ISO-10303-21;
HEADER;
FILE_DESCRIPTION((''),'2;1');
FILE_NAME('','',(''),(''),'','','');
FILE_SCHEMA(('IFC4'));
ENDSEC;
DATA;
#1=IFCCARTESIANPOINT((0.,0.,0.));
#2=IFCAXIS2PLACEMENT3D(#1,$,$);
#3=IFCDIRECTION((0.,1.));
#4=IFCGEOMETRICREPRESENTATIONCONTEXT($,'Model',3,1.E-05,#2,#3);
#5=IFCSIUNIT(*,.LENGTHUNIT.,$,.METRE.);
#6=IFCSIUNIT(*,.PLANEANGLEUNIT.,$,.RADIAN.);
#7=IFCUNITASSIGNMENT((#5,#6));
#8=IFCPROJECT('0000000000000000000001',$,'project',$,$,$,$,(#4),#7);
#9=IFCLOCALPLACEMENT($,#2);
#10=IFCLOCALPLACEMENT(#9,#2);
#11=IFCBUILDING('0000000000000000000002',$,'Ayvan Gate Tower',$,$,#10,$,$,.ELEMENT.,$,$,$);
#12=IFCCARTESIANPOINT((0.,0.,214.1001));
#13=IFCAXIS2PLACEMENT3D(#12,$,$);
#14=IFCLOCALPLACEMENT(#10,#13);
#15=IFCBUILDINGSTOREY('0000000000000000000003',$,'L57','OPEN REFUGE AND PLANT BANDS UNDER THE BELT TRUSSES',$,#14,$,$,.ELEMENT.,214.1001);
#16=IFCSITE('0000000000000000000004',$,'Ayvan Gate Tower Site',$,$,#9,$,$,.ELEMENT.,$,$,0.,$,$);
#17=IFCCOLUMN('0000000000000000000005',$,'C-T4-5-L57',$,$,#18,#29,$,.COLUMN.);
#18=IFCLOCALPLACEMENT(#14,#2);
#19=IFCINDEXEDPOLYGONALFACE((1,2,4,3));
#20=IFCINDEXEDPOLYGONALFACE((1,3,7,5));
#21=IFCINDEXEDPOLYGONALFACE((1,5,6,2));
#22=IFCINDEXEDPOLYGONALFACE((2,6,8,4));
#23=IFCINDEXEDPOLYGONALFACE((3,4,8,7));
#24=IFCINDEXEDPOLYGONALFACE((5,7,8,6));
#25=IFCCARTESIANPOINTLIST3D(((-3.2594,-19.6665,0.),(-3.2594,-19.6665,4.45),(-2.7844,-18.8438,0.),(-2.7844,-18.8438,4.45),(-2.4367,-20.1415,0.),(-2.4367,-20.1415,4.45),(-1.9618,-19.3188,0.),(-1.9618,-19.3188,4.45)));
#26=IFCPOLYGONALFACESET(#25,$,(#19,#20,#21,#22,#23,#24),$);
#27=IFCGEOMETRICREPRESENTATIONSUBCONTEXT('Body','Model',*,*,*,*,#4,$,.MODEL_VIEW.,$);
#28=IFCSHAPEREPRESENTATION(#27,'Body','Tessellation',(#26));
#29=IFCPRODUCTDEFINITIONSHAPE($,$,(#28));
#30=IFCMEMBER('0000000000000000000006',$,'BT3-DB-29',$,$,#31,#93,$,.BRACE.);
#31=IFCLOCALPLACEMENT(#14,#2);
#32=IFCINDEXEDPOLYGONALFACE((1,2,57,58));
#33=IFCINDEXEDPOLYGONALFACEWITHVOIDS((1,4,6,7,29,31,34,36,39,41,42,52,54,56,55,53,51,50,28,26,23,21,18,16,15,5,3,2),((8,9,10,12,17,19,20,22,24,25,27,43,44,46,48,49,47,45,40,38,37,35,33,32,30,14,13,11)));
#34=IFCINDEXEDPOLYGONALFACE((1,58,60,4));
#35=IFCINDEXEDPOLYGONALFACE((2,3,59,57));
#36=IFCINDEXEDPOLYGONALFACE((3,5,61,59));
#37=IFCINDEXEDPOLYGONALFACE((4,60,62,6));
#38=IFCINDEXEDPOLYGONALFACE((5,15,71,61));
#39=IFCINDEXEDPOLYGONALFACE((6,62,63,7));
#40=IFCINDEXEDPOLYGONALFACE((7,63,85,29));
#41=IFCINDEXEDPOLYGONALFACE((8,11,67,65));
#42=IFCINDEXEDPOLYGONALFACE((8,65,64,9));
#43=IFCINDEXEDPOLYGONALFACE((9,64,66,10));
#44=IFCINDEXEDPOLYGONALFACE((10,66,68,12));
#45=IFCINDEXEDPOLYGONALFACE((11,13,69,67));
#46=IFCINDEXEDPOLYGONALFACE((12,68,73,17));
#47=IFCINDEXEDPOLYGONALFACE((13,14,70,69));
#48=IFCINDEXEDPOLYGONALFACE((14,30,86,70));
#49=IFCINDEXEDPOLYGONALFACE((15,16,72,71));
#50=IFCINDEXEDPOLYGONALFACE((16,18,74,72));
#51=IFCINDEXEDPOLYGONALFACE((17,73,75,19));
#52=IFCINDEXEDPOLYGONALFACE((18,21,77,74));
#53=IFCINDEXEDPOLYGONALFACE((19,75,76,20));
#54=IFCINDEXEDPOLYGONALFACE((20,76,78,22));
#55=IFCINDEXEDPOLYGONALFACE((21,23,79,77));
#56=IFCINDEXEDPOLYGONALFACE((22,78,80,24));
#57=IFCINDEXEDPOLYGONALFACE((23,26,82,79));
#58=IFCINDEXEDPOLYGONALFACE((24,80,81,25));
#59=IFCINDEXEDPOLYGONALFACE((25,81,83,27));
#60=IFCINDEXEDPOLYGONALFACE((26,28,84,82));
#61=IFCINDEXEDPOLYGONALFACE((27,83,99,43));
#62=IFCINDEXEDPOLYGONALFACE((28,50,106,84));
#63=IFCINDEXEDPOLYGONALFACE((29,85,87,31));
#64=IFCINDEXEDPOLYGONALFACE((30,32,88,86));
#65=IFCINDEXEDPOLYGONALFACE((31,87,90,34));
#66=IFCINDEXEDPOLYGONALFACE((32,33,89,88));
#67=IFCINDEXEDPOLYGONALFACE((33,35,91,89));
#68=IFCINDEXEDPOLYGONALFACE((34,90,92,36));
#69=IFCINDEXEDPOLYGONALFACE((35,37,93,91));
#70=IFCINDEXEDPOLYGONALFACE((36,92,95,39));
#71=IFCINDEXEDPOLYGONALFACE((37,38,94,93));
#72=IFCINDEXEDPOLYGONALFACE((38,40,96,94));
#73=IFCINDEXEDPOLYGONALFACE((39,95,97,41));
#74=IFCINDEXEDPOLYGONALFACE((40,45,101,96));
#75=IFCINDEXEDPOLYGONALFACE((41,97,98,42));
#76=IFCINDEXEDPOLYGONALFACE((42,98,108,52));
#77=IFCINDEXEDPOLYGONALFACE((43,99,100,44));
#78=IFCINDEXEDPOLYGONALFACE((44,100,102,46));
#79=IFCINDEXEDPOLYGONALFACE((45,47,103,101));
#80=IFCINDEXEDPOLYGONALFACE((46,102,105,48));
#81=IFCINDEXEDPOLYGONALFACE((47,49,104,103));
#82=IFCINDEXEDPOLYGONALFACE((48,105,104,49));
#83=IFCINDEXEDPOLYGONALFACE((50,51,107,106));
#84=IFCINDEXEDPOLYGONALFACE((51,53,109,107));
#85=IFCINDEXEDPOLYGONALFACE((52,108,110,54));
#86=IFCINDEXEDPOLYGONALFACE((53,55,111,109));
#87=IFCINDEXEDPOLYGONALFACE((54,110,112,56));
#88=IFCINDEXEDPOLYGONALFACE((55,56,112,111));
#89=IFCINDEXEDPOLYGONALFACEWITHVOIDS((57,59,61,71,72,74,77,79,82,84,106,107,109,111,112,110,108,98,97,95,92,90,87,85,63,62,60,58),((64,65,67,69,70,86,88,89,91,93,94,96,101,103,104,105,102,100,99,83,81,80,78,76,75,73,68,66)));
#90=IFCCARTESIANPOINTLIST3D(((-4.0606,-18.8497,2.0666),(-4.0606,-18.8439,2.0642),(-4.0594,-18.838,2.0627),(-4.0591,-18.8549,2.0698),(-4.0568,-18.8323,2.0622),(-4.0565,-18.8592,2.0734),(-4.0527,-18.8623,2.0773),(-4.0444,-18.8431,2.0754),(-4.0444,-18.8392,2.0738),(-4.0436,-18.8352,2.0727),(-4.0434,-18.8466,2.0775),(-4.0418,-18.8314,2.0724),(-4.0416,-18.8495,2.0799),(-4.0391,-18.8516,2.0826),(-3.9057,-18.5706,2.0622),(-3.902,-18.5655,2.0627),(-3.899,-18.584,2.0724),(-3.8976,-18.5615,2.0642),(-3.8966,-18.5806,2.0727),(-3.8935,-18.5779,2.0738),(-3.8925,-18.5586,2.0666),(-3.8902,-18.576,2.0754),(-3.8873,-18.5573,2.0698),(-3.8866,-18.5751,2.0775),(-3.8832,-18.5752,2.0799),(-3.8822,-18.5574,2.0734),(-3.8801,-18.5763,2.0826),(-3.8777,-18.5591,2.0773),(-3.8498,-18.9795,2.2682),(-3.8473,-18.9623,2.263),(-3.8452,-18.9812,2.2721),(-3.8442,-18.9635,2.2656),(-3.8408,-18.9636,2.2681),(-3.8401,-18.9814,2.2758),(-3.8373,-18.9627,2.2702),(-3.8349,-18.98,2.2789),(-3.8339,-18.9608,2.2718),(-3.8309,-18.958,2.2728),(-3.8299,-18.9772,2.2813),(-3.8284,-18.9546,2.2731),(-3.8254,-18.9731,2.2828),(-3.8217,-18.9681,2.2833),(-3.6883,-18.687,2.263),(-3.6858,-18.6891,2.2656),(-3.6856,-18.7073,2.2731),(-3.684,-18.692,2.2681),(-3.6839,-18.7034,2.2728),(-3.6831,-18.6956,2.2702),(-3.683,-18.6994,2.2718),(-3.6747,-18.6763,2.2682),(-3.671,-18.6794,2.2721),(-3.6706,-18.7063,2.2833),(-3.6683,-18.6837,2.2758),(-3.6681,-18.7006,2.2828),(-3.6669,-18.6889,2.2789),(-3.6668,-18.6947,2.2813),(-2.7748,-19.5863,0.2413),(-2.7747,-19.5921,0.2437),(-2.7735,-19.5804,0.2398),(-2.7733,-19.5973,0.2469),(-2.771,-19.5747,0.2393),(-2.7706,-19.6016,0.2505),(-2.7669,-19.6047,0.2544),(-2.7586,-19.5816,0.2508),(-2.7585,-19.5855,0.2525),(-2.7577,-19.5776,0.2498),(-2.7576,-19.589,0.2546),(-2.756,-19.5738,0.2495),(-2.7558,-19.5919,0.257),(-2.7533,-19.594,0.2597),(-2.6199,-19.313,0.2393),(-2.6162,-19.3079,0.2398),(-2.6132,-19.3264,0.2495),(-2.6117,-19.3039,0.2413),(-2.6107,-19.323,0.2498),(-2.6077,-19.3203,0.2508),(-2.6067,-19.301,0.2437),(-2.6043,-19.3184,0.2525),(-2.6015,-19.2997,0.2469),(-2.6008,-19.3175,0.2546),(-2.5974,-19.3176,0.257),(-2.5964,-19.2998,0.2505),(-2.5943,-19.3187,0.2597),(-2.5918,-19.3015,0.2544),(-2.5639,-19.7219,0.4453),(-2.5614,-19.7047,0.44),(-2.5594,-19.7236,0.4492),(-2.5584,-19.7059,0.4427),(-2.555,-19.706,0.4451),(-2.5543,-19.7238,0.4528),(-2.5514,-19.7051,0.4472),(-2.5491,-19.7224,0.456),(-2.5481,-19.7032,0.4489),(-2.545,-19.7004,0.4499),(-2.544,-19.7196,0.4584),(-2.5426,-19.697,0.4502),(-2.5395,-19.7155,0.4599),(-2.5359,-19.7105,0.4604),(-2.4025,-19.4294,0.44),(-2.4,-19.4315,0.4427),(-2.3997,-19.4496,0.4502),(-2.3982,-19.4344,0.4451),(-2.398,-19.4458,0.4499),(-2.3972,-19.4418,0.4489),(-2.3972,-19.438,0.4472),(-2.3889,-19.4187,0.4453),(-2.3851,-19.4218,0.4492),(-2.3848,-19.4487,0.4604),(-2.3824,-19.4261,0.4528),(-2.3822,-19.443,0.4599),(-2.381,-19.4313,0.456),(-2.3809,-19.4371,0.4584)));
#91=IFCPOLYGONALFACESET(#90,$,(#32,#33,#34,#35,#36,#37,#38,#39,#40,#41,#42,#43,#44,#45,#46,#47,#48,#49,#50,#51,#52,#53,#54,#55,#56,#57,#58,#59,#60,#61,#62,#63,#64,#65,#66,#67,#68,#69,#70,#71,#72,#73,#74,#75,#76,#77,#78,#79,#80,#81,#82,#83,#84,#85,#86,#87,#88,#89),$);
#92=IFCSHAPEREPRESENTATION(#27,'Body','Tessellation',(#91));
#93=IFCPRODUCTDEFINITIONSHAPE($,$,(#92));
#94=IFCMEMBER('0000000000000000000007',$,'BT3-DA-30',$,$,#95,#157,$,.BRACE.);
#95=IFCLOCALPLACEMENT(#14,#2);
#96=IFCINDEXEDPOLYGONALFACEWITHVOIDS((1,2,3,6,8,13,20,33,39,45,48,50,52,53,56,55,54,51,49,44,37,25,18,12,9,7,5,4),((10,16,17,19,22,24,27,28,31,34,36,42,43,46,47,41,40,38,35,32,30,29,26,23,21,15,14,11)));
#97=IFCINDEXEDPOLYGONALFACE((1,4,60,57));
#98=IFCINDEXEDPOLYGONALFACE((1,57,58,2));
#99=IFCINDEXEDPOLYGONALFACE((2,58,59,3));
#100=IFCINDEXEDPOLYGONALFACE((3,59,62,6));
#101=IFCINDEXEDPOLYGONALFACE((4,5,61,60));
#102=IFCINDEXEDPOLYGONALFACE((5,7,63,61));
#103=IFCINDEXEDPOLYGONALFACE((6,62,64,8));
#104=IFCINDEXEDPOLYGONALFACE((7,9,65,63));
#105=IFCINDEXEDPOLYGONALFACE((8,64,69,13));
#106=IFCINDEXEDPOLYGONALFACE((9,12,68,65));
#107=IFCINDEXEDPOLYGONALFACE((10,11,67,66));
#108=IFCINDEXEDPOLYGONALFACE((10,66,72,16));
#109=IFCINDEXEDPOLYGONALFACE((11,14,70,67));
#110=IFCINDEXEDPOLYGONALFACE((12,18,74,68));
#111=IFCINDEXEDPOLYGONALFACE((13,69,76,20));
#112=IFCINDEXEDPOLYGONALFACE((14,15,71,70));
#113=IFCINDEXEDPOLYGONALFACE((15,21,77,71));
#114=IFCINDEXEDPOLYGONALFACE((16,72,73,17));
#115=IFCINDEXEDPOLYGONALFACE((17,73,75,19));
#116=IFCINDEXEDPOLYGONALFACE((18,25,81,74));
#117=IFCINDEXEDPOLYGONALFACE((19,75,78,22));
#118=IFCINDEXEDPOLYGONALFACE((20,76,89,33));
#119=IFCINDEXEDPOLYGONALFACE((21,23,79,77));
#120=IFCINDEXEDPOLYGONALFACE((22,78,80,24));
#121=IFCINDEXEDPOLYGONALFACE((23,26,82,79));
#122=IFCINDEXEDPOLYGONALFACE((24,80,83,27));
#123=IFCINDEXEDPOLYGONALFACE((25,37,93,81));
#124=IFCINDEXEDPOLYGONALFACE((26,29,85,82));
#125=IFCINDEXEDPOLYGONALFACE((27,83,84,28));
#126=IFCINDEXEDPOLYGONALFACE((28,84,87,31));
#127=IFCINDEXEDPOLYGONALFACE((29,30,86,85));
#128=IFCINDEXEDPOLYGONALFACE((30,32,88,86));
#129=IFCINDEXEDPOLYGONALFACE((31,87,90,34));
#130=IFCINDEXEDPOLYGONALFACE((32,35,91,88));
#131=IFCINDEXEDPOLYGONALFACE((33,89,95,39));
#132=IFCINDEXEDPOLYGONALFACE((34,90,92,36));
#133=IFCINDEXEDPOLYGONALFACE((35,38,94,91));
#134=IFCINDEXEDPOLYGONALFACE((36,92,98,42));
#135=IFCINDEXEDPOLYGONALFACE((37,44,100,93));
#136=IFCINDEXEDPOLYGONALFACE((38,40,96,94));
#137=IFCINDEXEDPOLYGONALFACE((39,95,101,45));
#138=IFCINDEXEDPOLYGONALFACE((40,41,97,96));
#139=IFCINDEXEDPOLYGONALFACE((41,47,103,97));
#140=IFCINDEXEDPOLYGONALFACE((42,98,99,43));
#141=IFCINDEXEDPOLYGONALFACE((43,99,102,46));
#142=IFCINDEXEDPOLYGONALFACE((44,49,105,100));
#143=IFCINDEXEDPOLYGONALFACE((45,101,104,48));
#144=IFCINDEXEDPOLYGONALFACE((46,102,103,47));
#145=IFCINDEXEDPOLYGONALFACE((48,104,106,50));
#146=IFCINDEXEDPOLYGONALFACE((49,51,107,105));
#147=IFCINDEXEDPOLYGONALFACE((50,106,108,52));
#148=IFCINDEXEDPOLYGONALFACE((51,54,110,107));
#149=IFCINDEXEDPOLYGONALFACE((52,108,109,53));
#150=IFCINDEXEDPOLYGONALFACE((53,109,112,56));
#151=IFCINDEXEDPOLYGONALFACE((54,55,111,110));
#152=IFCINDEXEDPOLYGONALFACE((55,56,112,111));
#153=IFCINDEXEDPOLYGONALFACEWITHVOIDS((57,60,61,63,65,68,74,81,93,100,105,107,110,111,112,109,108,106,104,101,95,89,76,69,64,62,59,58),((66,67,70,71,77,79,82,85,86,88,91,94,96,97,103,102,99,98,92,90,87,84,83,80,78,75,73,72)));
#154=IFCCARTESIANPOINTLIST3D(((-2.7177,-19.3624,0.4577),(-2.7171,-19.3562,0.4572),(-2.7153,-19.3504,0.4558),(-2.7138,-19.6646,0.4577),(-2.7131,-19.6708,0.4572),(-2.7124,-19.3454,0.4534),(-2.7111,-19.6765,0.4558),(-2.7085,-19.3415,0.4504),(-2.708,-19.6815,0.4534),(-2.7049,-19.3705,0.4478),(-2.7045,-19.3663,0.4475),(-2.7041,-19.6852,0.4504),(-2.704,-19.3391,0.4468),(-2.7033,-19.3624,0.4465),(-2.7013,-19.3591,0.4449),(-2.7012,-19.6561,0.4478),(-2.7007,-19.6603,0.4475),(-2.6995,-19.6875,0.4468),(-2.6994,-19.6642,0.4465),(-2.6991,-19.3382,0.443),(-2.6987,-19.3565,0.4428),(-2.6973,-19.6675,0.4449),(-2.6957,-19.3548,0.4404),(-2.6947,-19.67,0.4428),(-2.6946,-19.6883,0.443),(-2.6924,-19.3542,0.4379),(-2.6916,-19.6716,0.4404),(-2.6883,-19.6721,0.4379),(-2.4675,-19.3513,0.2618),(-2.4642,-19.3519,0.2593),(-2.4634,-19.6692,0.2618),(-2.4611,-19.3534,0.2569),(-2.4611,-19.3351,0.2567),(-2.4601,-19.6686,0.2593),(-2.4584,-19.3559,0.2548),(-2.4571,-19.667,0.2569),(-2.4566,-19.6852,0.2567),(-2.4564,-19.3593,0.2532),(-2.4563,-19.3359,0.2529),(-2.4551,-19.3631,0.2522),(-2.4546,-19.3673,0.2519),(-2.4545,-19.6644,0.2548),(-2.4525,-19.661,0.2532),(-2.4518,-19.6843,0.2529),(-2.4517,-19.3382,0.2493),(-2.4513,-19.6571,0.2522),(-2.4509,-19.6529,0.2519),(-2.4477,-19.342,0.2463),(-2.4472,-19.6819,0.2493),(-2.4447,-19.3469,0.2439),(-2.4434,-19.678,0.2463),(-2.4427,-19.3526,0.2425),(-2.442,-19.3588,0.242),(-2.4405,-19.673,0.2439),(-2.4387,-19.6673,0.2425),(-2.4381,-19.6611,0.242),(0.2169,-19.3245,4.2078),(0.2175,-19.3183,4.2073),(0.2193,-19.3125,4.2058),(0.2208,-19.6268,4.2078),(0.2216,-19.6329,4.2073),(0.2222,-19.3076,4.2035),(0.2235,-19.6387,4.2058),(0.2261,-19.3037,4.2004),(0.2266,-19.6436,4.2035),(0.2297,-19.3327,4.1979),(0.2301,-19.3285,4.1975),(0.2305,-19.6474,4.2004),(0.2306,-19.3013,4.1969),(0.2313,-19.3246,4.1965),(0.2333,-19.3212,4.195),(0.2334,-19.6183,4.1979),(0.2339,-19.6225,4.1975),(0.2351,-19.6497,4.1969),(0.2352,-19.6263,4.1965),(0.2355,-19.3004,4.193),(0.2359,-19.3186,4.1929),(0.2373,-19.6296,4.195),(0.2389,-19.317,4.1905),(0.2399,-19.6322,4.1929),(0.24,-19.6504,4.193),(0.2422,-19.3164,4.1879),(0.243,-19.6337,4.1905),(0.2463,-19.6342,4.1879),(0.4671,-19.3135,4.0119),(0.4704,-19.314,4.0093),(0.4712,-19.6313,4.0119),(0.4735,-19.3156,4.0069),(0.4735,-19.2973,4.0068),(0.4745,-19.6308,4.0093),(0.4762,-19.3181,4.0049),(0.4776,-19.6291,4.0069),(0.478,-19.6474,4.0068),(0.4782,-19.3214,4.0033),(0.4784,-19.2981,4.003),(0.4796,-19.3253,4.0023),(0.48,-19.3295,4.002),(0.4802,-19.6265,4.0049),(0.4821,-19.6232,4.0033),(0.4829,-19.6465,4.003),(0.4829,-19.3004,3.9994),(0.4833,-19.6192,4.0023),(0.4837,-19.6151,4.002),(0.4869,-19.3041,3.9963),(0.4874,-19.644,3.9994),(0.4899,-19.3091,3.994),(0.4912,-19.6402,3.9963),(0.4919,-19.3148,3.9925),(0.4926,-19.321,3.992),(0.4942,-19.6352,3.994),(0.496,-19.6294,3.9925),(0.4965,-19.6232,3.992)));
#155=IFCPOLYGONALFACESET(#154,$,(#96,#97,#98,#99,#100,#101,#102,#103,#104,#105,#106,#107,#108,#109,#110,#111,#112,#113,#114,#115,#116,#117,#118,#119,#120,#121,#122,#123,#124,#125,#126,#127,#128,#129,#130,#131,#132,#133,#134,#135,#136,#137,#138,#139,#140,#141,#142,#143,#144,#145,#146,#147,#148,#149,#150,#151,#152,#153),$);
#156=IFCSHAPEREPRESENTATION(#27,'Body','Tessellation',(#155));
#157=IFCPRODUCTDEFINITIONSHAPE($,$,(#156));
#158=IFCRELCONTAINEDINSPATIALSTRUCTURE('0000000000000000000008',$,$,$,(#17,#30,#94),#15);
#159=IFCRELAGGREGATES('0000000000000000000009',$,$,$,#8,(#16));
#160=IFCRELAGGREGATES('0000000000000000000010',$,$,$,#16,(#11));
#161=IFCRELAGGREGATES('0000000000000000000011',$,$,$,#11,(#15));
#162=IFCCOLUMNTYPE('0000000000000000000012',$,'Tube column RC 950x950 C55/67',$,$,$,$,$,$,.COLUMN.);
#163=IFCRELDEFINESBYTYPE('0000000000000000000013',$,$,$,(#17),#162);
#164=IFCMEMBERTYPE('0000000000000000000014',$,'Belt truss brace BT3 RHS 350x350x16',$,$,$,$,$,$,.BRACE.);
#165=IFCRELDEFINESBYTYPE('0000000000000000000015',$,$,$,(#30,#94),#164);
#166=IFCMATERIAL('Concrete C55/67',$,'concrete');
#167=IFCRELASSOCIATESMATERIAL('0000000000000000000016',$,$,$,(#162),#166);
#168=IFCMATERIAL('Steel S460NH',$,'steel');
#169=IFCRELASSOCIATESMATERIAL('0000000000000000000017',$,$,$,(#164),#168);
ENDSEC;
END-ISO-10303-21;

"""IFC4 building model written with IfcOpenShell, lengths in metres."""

from ifc_helpers import new_model, si_unit, direction, frame, origin, origin_2d, place, context, subcontext, project, spatial, rectangle, hollow_rectangle, extrude, material, material_profile, profile_set, type_object, element, save


model = new_model("IFC4")

# Units and contexts
model_context = context("Model", 3, precision=1e-05, world=origin(), true_north=direction((0.0, 1.0)))
body_context = subcontext(model_context, "Body", "Model", "MODEL_VIEW")
ifc_project = project(units=[si_unit("LENGTHUNIT", "METRE"), si_unit("PLANEANGLEUNIT", "RADIAN")], contexts=[model_context])

# Site, building, storey
site_placement = place(None, origin())
site = spatial("IfcSite", under=ifc_project, at=site_placement, Name="Ayvan Gate Tower Site", CompositionType="ELEMENT", RefElevation=0.0)
building_placement = place(site_placement, origin())
building = spatial("IfcBuilding", under=site, at=building_placement, Name="Ayvan Gate Tower", CompositionType="ELEMENT")
storey_placement = place(building_placement, frame((0.0, 0.0, 214.1001)))
storey = spatial("IfcBuildingStorey", under=building, at=storey_placement, Name="L57", Description="OPEN REFUGE AND PLANT BANDS UNDER THE BELT TRUSSES", CompositionType="ELEMENT", Elevation=214.1001)

# Column
ifc_material_1 = material(Name="Concrete C55/67", Category="concrete")
ifc_material_profile_1 = material_profile(ifc_material_1, rectangle(XDim=0.95, YDim=0.95, at=origin_2d()), Name="RC 950x950")
ifc_profile_set_1 = profile_set([ifc_material_profile_1], Name="Concrete C55/67")
column_type = type_object("IfcColumnType", Name="Tube column RC 950x950 C55/67", PredefinedType="COLUMN", material=ifc_profile_set_1)
column_placement = place(storey_placement, frame((-2.6106, -19.4927, 0.0), z_axis=(0.0, 0.0, 1.0), x_axis=(-0.5, -0.866025, 0.0)))
element("IfcColumn", 1, at=column_placement, inside=storey, type_object=column_type, Name="C-T4-5-L57", PredefinedType="COLUMN", context=body_context, shape_type="SweptSolid", body=[
    extrude(rectangle(XDim=0.95, YDim=0.95, at=origin_2d()), origin(), (0.0, 0.0, 1.0), 4.45),
])

# Members
ifc_material_2 = material(Name="Steel S460NH", Category="steel")
ifc_material_profile_2 = material_profile(ifc_material_2, hollow_rectangle(XDim=0.3501, YDim=0.3501, WallThickness=0.0161, InnerFilletRadius=0.0161, OuterFilletRadius=0.0239, at=origin_2d()), Name="RHS 350x350x16")
ifc_profile_set_2 = profile_set([ifc_material_profile_2], Name="Steel S460NH")
member_type_1 = type_object("IfcMemberType", Name="Belt truss brace BT3 RHS 350x350x16", PredefinedType="BRACE", material=ifc_profile_set_2)
member_1_placement = place(storey_placement, frame((-2.5779, -19.5117, 0.3499), z_axis=(-0.546913, 0.31577, 0.775355), x_axis=(-0.500012, -0.866019, 0.0)))
element("IfcMember", 2, at=member_1_placement, inside=storey, type_object=member_type_1, Name="BT3-DB-29", PredefinedType="BRACE", context=body_context, shape_type="SweptSolid", body=[
    extrude(hollow_rectangle(XDim=0.3501, YDim=0.3501, WallThickness=0.0161, InnerFilletRadius=0.0161, OuterFilletRadius=0.0239, at=origin_2d()), origin(), (0.0, 0.0, 1.0), 2.3511),
])
member_2_placement = place(storey_placement, frame((-2.5779, -19.5117, 0.3499), z_axis=(0.616261, 0.007947, 0.787502), x_axis=(-0.012894, 0.999917, 0.0)))
element("IfcMember", 3, at=member_2_placement, inside=storey, type_object=member_type_1, Name="BT3-DA-30", PredefinedType="BRACE", context=body_context, shape_type="SweptSolid", body=[
    extrude(hollow_rectangle(XDim=0.3501, YDim=0.3501, WallThickness=0.0161, InnerFilletRadius=0.0161, OuterFilletRadius=0.0239, at=origin_2d()), origin(), (0.0, 0.0, 1.0), 4.762),
])

save(model, "model.ifc")
